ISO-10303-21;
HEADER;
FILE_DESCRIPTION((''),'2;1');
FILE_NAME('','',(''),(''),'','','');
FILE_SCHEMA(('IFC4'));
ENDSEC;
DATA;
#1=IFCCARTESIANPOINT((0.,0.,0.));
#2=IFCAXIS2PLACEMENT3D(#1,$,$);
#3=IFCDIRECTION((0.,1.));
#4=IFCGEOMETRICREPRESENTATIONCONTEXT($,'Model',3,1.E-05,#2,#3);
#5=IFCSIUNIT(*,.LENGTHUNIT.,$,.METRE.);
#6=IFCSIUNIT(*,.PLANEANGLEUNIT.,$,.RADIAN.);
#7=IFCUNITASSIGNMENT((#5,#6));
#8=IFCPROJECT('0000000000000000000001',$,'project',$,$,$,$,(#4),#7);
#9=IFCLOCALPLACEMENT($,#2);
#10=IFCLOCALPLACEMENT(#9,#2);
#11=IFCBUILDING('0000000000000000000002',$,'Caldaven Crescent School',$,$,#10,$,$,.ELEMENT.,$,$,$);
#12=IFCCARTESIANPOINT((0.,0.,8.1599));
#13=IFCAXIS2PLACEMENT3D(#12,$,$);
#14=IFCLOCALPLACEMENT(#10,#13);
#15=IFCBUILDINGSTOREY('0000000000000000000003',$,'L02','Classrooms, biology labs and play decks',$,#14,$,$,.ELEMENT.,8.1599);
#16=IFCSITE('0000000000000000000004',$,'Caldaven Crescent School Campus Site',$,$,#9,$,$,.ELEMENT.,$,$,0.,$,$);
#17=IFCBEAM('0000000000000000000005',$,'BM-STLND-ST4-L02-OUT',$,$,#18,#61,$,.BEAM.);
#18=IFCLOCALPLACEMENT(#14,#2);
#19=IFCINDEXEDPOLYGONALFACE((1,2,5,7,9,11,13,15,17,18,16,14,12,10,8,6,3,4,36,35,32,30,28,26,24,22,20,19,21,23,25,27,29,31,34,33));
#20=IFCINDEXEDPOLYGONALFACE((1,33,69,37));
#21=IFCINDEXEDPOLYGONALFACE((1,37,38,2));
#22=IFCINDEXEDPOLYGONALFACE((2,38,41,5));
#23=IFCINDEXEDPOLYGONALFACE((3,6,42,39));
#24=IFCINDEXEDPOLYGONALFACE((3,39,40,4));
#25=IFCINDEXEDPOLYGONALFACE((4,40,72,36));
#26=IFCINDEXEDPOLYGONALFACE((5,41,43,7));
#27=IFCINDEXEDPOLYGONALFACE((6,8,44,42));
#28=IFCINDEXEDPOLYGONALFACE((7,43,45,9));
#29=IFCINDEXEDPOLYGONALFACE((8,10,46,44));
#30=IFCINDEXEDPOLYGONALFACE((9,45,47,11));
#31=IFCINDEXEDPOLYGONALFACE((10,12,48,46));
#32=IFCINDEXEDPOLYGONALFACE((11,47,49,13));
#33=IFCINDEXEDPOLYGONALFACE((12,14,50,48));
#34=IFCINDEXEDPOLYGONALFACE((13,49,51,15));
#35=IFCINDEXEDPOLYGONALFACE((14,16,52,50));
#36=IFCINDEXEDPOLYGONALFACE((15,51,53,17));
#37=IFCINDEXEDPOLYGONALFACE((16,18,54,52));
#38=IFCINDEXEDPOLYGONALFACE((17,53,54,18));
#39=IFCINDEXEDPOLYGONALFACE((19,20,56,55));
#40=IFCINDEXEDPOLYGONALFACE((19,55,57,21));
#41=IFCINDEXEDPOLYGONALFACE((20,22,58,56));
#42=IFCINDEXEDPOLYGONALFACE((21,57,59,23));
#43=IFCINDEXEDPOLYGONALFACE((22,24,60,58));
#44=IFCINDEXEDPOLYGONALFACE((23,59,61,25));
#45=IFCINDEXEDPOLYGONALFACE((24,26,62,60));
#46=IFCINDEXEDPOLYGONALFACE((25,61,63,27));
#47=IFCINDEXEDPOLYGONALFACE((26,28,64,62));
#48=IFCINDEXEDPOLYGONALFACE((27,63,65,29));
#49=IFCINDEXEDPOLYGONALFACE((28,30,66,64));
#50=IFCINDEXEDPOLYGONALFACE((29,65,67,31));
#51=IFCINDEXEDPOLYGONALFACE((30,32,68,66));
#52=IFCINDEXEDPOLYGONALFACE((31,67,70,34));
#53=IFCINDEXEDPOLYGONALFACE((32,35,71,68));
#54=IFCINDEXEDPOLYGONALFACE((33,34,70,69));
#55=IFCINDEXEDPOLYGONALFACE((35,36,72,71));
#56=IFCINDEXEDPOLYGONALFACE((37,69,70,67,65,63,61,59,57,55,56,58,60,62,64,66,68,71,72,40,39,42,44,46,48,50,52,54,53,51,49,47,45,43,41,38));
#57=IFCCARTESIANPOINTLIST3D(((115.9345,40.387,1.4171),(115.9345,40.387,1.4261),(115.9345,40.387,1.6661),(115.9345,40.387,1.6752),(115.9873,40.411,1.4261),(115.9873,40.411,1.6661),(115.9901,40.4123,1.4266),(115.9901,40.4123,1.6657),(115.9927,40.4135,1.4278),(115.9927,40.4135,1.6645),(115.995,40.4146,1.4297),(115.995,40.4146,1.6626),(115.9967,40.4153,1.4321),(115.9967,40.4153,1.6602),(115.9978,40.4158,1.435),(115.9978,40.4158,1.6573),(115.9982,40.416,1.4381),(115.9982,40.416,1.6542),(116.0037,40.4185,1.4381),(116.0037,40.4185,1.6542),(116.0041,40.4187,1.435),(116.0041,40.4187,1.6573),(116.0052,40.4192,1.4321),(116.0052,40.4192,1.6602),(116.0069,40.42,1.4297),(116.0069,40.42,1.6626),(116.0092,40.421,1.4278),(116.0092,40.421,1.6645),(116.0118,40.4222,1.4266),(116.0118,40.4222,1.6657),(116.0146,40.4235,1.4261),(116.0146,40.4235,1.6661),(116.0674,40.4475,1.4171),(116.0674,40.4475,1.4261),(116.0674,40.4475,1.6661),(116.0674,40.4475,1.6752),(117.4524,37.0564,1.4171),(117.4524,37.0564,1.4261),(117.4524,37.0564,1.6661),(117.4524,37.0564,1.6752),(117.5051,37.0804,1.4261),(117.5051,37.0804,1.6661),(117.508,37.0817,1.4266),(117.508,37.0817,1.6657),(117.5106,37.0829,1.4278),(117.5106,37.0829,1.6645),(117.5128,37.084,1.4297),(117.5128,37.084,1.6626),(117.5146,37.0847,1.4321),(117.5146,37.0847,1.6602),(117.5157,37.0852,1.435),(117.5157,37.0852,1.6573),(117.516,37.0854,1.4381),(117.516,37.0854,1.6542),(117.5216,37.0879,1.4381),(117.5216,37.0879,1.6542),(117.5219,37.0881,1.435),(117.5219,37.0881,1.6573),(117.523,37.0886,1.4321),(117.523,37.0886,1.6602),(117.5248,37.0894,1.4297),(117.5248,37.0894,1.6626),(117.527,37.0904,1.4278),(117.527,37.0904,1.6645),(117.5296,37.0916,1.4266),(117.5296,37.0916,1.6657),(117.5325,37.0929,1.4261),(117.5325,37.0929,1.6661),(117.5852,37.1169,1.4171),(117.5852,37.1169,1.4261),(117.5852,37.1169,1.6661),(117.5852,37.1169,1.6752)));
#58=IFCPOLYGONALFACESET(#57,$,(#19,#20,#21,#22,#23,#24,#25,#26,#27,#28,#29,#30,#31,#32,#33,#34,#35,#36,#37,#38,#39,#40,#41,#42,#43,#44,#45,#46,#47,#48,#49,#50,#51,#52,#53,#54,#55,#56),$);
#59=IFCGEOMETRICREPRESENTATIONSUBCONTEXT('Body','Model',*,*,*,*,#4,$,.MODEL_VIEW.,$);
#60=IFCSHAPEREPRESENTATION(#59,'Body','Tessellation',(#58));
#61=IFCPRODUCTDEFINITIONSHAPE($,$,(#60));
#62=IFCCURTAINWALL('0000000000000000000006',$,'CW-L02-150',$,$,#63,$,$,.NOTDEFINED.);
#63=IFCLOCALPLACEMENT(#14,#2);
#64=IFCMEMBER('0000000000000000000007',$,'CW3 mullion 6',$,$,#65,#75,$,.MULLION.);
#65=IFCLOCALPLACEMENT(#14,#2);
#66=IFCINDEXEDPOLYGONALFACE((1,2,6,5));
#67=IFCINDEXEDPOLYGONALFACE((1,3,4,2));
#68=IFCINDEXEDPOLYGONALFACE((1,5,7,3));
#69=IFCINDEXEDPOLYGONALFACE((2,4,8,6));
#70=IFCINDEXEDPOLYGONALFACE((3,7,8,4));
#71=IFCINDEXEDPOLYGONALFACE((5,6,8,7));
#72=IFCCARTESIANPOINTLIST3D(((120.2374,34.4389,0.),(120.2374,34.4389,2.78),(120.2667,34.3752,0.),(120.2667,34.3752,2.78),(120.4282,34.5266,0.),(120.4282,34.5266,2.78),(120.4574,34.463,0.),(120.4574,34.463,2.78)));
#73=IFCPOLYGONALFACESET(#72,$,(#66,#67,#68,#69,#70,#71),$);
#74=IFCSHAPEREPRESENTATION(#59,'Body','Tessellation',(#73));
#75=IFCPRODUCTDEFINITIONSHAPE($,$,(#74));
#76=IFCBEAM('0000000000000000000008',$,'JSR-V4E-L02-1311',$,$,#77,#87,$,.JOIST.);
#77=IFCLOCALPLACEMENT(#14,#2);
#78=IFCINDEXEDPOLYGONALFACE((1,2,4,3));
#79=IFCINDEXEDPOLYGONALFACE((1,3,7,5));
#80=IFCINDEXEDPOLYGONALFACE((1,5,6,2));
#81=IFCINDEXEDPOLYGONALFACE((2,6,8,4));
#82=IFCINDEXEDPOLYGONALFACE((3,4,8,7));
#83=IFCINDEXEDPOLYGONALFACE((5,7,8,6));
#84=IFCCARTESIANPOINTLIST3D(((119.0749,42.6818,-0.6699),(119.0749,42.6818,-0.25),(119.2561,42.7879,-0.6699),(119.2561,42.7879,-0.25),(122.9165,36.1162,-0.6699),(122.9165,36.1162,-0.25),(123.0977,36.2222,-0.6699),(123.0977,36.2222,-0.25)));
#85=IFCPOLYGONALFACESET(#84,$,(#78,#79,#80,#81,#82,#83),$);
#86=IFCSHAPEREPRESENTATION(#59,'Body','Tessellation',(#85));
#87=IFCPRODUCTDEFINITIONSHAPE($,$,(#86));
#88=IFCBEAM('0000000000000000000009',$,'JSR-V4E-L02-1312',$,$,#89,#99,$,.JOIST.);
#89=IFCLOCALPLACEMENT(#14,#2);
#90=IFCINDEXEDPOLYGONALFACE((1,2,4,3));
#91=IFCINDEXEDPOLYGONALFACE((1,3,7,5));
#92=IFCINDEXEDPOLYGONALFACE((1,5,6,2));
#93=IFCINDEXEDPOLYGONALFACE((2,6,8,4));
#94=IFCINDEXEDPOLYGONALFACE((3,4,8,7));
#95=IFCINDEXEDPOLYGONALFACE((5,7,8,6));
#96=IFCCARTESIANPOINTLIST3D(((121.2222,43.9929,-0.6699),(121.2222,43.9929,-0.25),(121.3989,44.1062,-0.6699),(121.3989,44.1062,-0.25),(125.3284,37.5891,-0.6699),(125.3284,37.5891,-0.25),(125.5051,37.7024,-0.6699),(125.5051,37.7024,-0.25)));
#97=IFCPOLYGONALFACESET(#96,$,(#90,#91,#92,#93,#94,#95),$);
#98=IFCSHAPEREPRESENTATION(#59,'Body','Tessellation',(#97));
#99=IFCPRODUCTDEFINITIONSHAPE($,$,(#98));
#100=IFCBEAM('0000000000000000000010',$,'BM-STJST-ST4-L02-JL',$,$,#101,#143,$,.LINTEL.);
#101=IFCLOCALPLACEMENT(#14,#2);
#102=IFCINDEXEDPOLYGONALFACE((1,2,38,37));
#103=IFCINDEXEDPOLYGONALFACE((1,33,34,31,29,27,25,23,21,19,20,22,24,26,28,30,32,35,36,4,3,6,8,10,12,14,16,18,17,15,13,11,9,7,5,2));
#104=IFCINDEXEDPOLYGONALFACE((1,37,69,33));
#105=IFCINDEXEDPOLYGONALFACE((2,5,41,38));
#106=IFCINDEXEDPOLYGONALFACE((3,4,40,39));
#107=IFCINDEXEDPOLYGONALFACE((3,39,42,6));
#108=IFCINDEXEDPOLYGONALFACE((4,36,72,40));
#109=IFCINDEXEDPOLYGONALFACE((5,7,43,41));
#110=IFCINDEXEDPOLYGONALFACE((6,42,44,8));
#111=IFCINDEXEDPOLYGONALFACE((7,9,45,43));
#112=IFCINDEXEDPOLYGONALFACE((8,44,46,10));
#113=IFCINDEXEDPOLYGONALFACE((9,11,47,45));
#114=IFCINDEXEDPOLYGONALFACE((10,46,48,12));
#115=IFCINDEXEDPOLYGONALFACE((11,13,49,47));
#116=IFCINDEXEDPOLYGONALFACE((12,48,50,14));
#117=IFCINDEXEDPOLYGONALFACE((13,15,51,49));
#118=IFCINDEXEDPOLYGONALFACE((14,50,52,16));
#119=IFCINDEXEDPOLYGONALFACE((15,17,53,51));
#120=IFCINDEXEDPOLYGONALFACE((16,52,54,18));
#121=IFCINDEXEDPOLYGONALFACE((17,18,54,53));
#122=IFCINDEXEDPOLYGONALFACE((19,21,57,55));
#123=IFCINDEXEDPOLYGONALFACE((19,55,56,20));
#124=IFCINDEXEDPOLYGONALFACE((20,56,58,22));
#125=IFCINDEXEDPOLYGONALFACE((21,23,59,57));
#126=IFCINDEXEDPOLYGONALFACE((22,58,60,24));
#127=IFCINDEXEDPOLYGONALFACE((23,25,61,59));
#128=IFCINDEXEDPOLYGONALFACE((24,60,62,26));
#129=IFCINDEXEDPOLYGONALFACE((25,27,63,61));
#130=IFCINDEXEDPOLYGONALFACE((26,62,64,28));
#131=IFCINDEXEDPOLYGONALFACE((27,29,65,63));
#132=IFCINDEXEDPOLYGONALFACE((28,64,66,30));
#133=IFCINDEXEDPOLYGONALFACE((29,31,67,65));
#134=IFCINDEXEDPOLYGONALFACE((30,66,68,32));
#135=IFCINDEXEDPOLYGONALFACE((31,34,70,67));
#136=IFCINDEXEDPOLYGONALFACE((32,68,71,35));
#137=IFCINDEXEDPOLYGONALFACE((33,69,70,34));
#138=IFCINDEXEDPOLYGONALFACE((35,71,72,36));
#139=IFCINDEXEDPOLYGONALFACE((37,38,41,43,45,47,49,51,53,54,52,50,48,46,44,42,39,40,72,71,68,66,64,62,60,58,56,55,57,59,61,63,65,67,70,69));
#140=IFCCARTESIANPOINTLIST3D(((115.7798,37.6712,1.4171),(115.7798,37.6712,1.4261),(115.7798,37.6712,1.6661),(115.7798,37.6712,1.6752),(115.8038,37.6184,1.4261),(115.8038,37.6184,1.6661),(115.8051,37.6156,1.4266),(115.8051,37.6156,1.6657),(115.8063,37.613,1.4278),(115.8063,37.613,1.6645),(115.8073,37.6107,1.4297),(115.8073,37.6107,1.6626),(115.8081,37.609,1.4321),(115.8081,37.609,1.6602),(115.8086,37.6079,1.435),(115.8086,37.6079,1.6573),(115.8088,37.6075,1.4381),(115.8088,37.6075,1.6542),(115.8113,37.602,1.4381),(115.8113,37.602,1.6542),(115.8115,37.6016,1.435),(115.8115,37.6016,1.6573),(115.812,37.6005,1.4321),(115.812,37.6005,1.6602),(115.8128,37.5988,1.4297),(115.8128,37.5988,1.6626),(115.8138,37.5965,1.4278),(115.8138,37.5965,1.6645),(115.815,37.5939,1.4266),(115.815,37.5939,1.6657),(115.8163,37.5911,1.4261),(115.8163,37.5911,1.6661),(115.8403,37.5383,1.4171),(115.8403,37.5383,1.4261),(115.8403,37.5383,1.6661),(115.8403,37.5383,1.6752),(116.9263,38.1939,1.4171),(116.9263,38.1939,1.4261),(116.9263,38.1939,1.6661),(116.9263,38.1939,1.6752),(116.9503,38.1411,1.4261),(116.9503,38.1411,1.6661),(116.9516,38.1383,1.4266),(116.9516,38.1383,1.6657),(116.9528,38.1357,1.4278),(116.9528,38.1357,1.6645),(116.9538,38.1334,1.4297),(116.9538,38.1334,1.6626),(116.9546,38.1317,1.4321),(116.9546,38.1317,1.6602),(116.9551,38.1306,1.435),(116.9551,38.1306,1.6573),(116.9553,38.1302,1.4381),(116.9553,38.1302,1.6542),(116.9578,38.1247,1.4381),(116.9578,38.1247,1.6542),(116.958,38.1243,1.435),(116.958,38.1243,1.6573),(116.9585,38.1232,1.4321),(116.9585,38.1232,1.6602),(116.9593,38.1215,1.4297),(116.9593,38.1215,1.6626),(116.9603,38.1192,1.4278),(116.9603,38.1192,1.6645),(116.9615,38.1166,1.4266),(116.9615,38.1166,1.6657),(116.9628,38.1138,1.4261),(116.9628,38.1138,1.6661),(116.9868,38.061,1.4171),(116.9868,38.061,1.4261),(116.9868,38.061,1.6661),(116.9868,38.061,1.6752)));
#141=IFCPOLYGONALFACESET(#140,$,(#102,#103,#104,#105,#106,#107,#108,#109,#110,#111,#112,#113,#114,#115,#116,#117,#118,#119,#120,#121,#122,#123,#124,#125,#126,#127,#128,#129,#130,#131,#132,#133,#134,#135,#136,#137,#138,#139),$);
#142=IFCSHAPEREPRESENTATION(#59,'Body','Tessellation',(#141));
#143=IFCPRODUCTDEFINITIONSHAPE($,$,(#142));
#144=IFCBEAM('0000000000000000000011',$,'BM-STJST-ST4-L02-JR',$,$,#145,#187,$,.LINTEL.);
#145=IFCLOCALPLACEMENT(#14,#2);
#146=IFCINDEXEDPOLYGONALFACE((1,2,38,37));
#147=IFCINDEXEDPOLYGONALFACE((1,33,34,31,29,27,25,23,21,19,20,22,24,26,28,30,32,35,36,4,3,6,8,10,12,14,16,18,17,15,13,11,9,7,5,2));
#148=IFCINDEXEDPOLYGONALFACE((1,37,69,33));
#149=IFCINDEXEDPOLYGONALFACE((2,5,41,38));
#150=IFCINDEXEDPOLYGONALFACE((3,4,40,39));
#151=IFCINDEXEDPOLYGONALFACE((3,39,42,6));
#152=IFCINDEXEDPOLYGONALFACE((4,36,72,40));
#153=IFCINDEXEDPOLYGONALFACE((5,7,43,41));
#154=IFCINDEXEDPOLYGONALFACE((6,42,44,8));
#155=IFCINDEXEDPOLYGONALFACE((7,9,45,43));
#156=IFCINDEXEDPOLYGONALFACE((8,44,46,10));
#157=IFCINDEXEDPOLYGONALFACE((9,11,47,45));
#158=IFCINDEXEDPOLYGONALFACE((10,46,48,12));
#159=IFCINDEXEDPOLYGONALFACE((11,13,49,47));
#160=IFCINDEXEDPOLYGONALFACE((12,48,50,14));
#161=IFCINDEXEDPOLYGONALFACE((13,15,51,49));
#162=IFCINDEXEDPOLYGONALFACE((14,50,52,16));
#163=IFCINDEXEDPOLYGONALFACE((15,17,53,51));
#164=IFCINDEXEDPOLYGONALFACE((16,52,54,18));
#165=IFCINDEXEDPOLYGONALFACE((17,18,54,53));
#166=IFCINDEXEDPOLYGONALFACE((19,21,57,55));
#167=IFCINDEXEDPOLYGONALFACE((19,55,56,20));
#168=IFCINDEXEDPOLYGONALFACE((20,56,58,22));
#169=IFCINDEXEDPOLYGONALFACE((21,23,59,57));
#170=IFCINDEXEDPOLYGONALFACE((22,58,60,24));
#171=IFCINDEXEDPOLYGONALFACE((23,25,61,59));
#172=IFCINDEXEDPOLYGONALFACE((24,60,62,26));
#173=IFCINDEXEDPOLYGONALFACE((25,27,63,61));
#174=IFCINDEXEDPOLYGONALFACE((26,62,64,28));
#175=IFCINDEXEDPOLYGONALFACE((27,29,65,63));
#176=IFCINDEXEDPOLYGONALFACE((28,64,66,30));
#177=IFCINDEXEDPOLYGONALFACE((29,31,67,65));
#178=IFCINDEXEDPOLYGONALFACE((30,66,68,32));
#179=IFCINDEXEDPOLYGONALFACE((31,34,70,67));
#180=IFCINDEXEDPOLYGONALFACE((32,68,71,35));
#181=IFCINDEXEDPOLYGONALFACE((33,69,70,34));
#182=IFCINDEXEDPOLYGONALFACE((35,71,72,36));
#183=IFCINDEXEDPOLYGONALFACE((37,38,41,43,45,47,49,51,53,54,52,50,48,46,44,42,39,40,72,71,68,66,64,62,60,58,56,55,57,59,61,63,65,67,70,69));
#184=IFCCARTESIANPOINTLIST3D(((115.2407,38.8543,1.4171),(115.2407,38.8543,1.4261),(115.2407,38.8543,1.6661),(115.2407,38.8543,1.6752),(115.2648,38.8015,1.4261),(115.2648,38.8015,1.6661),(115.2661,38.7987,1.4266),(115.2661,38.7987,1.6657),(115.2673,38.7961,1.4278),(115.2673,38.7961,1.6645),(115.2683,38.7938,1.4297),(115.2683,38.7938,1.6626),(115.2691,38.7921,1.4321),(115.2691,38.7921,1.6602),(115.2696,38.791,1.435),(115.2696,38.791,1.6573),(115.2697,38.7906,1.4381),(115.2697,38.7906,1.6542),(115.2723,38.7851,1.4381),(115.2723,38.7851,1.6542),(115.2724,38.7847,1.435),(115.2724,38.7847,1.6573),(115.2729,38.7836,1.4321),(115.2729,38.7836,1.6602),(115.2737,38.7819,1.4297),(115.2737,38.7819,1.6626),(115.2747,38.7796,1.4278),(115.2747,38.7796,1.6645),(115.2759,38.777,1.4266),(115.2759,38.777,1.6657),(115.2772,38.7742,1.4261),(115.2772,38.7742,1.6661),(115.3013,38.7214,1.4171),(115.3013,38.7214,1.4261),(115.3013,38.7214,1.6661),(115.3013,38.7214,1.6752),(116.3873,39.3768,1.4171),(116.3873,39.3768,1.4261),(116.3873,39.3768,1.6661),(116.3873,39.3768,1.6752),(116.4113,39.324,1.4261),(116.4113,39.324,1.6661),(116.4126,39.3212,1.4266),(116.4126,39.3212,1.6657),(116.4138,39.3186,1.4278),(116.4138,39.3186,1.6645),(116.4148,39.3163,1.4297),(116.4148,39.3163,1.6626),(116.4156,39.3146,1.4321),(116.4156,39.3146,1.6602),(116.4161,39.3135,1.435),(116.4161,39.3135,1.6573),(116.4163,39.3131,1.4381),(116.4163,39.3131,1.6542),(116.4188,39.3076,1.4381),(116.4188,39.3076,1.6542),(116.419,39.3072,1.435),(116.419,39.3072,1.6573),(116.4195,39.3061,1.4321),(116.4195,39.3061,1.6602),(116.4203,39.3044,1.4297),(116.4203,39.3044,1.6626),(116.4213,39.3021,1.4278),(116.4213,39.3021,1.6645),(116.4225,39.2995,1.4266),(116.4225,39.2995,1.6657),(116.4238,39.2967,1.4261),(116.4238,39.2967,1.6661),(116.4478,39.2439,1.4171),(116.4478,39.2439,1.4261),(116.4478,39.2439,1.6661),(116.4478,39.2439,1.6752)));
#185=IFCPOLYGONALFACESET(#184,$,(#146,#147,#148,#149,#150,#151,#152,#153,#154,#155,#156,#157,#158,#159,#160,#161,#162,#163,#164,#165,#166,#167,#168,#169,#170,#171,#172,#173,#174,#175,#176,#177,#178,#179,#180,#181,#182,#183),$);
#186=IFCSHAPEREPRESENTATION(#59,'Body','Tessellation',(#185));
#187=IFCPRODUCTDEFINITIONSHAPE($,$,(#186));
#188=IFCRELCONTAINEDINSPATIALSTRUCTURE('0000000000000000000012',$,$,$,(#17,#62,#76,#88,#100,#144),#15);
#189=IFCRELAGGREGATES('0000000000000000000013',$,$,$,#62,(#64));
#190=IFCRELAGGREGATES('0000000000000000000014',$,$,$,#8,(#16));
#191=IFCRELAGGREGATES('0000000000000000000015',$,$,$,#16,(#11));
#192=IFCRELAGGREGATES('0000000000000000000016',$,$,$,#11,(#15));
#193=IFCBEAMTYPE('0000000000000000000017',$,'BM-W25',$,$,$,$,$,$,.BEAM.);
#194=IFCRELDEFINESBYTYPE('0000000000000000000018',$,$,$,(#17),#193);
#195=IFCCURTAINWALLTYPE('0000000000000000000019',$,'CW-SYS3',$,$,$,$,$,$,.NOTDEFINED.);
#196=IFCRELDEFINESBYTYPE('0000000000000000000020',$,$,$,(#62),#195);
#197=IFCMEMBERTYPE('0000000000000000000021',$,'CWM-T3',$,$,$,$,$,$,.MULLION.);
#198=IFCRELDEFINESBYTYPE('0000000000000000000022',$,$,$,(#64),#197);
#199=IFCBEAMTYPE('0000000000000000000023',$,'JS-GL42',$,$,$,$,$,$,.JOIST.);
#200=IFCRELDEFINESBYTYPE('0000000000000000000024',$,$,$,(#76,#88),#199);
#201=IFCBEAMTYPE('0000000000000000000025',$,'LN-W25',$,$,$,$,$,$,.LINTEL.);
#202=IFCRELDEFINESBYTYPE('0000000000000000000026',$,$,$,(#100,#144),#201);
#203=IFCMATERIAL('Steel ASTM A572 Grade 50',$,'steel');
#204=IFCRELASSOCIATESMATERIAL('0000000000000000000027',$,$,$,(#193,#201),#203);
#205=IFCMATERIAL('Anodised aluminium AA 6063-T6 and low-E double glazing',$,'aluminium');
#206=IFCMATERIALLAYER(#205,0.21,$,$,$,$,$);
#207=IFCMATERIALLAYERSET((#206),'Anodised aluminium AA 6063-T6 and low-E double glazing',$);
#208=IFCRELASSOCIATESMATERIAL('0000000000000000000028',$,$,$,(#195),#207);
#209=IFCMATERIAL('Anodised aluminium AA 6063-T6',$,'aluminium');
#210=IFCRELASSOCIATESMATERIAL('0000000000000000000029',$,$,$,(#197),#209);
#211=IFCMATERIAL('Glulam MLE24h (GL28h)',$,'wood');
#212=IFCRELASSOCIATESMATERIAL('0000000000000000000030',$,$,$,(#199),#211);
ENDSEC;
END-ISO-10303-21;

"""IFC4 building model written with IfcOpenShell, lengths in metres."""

from ifc_helpers import new_model, si_unit, direction, frame, origin, origin_2d, place, context, subcontext, project, spatial, rectangle, i_section, extrude, material, layer, layer_set, material_profile, profile_set, type_object, element, aggregate, save


model = new_model("IFC4")

# Units and contexts
model_context = context("Model", 3, precision=1e-05, world=origin(), true_north=direction((0.0, 1.0)))
body_context = subcontext(model_context, "Body", "Model", "MODEL_VIEW")
ifc_project = project(units=[si_unit("LENGTHUNIT", "METRE"), si_unit("PLANEANGLEUNIT", "RADIAN")], contexts=[model_context])

# Site, building, storey
site_placement = place(None, origin())
site = spatial("IfcSite", under=ifc_project, at=site_placement, Name="Caldaven Crescent School Campus Site", CompositionType="ELEMENT", RefElevation=0.0)
building_placement = place(site_placement, origin())
building = spatial("IfcBuilding", under=site, at=building_placement, Name="Caldaven Crescent School", CompositionType="ELEMENT")
storey_placement = place(building_placement, frame((0.0, 0.0, 8.1599)))
storey = spatial("IfcBuildingStorey", under=building, at=storey_placement, Name="L02", Description="Classrooms, biology labs and play decks", CompositionType="ELEMENT", Elevation=8.1599)

# Shared definitions
ifc_material_1 = material(Name="Glulam MLE24h (GL28h)", Category="wood")
ifc_material_2 = material(Name="Steel ASTM A572 Grade 50", Category="steel")

# Beam
ifc_material_profile_1 = material_profile(ifc_material_2, i_section(OverallWidth=0.146, OverallDepth=0.2581, WebThickness=0.0061, FlangeThickness=0.009, FilletRadius=0.012, at=origin_2d()), Name="W250x33")
ifc_profile_set_1 = profile_set([ifc_material_profile_1], Name="Steel ASTM A572 Grade 50")
beam_type_1 = type_object("IfcBeamType", Name="BM-W25", PredefinedType="BEAM", material=ifc_profile_set_1)
for number, where, z_axis, x_axis, name in (
    (1, (117.5188, 37.0867, 1.5461), (-0.414692, 0.909962, 0.0), (-0.909962, -0.414692, 0.0), "BM-STLND-ST4-L02-OUT"),
):
    element("IfcBeam", number, at=place(storey_placement, frame(where, z_axis=z_axis, x_axis=x_axis)), inside=storey, type_object=beam_type_1, Name=name, PredefinedType="BEAM", context=body_context, shape_type="SweptSolid", body=[
        extrude(i_section(OverallWidth=0.146, OverallDepth=0.2581, WebThickness=0.0061, FlangeThickness=0.009, FilletRadius=0.012, at=origin_2d()), origin(), (0.0, 0.0, 1.0), 3.6602),
    ])

# Curtain wall, member
ifc_material_3 = material(Name="Anodised aluminium AA 6063-T6 and low-E double glazing", Category="aluminium")
ifc_layer_1 = layer(ifc_material_3, 0.21)
ifc_layer_set_1 = layer_set([ifc_layer_1], Name="Anodised aluminium AA 6063-T6 and low-E double glazing")
curtain_wall_type = type_object("IfcCurtainWallType", Name="CW-SYS3", PredefinedType="NOTDEFINED", material=ifc_layer_set_1)
curtain_wall_placement = place(storey_placement, origin())
curtain_wall = element("IfcCurtainWall", 2, at=curtain_wall_placement, inside=storey, type_object=curtain_wall_type, Name="CW-L02-150", PredefinedType="NOTDEFINED")
ifc_material_4 = material(Name="Anodised aluminium AA 6063-T6", Category="aluminium")
ifc_material_profile_2 = material_profile(ifc_material_4, rectangle(XDim=0.0701, YDim=0.21, at=origin_2d()), Name="CWM 70x210")
ifc_profile_set_2 = profile_set([ifc_material_profile_2], Name="Anodised aluminium AA 6063-T6")
member_type = type_object("IfcMemberType", Name="CWM-T3", PredefinedType="MULLION", material=ifc_profile_set_2)
member_placement = place(storey_placement, frame((120.3474, 34.4509, 0.0), z_axis=(0.0, 0.0, 1.0), x_axis=(-0.417823, 0.908528, 0.0)))
member = element("IfcMember", 3, at=member_placement, type_object=member_type, Name="CW3 mullion 6", PredefinedType="MULLION", context=body_context, shape_type="SweptSolid", body=[
    extrude(rectangle(XDim=0.0701, YDim=0.21, at=origin_2d()), origin(), (0.0, 0.0, 1.0), 2.78),
])
aggregate(curtain_wall, [member])

# Beams
ifc_material_profile_3 = material_profile(ifc_material_1, rectangle(XDim=0.21, YDim=0.4199, at=origin_2d()), Name="MLE 210x420")
ifc_profile_set_3 = profile_set([ifc_material_profile_3], Name="Glulam MLE24h (GL28h)")
beam_type_2 = type_object("IfcBeamType", Name="JS-GL42", PredefinedType="JOIST", material=ifc_profile_set_3)
beam_1_placement = place(storey_placement, frame((119.1655, 42.7349, -0.46), z_axis=(0.505006, -0.863116, 0.0), x_axis=(0.863116, 0.505006, 0.0)))
element("IfcBeam", 4, at=beam_1_placement, inside=storey, type_object=beam_type_2, Name="JSR-V4E-L02-1311", PredefinedType="JOIST", context=body_context, shape_type="SweptSolid", body=[
    extrude(rectangle(XDim=0.21, YDim=0.4199, at=origin_2d()), origin(), (0.0, 0.0, 1.0), 7.6069),
])
beam_2_placement = place(storey_placement, frame((121.3105, 44.0496, -0.46), z_axis=(0.539778, -0.841808, 0.0), x_axis=(0.841808, 0.539778, 0.0)))
element("IfcBeam", 5, at=beam_2_placement, inside=storey, type_object=beam_type_2, Name="JSR-V4E-L02-1312", PredefinedType="JOIST", context=body_context, shape_type="SweptSolid", body=[
    extrude(rectangle(XDim=0.21, YDim=0.4199, at=origin_2d()), origin(), (0.0, 0.0, 1.0), 7.6072),
])
ifc_material_profile_4 = material_profile(ifc_material_2, i_section(OverallWidth=0.146, OverallDepth=0.2581, WebThickness=0.0061, FlangeThickness=0.009, FilletRadius=0.012, at=origin_2d()), Name="W250x33")
ifc_profile_set_4 = profile_set([ifc_material_profile_4], Name="Steel ASTM A572 Grade 50")
beam_type_3 = type_object("IfcBeamType", Name="LN-W25", PredefinedType="LINTEL", material=ifc_profile_set_4)
for number, where, z_axis, x_axis, name in (
    (6, (115.8101, 37.6047, 1.5461), (0.909895, 0.414839, 0.0), (-0.414839, 0.909895, 0.0), "BM-STJST-ST4-L02-JL"),
    (7, (115.271, 38.7878, 1.5461), (0.909968, 0.414679, 0.0), (-0.414679, 0.909968, 0.0), "BM-STJST-ST4-L02-JR"),
):
    element("IfcBeam", number, at=place(storey_placement, frame(where, z_axis=z_axis, x_axis=x_axis)), inside=storey, type_object=beam_type_3, Name=name, PredefinedType="LINTEL", context=body_context, shape_type="SweptSolid", body=[
        extrude(i_section(OverallWidth=0.146, OverallDepth=0.2581, WebThickness=0.0061, FlangeThickness=0.009, FilletRadius=0.012, at=origin_2d()), origin(), (0.0, 0.0, 1.0), 1.26),
    ])

save(model, "model.ifc")
